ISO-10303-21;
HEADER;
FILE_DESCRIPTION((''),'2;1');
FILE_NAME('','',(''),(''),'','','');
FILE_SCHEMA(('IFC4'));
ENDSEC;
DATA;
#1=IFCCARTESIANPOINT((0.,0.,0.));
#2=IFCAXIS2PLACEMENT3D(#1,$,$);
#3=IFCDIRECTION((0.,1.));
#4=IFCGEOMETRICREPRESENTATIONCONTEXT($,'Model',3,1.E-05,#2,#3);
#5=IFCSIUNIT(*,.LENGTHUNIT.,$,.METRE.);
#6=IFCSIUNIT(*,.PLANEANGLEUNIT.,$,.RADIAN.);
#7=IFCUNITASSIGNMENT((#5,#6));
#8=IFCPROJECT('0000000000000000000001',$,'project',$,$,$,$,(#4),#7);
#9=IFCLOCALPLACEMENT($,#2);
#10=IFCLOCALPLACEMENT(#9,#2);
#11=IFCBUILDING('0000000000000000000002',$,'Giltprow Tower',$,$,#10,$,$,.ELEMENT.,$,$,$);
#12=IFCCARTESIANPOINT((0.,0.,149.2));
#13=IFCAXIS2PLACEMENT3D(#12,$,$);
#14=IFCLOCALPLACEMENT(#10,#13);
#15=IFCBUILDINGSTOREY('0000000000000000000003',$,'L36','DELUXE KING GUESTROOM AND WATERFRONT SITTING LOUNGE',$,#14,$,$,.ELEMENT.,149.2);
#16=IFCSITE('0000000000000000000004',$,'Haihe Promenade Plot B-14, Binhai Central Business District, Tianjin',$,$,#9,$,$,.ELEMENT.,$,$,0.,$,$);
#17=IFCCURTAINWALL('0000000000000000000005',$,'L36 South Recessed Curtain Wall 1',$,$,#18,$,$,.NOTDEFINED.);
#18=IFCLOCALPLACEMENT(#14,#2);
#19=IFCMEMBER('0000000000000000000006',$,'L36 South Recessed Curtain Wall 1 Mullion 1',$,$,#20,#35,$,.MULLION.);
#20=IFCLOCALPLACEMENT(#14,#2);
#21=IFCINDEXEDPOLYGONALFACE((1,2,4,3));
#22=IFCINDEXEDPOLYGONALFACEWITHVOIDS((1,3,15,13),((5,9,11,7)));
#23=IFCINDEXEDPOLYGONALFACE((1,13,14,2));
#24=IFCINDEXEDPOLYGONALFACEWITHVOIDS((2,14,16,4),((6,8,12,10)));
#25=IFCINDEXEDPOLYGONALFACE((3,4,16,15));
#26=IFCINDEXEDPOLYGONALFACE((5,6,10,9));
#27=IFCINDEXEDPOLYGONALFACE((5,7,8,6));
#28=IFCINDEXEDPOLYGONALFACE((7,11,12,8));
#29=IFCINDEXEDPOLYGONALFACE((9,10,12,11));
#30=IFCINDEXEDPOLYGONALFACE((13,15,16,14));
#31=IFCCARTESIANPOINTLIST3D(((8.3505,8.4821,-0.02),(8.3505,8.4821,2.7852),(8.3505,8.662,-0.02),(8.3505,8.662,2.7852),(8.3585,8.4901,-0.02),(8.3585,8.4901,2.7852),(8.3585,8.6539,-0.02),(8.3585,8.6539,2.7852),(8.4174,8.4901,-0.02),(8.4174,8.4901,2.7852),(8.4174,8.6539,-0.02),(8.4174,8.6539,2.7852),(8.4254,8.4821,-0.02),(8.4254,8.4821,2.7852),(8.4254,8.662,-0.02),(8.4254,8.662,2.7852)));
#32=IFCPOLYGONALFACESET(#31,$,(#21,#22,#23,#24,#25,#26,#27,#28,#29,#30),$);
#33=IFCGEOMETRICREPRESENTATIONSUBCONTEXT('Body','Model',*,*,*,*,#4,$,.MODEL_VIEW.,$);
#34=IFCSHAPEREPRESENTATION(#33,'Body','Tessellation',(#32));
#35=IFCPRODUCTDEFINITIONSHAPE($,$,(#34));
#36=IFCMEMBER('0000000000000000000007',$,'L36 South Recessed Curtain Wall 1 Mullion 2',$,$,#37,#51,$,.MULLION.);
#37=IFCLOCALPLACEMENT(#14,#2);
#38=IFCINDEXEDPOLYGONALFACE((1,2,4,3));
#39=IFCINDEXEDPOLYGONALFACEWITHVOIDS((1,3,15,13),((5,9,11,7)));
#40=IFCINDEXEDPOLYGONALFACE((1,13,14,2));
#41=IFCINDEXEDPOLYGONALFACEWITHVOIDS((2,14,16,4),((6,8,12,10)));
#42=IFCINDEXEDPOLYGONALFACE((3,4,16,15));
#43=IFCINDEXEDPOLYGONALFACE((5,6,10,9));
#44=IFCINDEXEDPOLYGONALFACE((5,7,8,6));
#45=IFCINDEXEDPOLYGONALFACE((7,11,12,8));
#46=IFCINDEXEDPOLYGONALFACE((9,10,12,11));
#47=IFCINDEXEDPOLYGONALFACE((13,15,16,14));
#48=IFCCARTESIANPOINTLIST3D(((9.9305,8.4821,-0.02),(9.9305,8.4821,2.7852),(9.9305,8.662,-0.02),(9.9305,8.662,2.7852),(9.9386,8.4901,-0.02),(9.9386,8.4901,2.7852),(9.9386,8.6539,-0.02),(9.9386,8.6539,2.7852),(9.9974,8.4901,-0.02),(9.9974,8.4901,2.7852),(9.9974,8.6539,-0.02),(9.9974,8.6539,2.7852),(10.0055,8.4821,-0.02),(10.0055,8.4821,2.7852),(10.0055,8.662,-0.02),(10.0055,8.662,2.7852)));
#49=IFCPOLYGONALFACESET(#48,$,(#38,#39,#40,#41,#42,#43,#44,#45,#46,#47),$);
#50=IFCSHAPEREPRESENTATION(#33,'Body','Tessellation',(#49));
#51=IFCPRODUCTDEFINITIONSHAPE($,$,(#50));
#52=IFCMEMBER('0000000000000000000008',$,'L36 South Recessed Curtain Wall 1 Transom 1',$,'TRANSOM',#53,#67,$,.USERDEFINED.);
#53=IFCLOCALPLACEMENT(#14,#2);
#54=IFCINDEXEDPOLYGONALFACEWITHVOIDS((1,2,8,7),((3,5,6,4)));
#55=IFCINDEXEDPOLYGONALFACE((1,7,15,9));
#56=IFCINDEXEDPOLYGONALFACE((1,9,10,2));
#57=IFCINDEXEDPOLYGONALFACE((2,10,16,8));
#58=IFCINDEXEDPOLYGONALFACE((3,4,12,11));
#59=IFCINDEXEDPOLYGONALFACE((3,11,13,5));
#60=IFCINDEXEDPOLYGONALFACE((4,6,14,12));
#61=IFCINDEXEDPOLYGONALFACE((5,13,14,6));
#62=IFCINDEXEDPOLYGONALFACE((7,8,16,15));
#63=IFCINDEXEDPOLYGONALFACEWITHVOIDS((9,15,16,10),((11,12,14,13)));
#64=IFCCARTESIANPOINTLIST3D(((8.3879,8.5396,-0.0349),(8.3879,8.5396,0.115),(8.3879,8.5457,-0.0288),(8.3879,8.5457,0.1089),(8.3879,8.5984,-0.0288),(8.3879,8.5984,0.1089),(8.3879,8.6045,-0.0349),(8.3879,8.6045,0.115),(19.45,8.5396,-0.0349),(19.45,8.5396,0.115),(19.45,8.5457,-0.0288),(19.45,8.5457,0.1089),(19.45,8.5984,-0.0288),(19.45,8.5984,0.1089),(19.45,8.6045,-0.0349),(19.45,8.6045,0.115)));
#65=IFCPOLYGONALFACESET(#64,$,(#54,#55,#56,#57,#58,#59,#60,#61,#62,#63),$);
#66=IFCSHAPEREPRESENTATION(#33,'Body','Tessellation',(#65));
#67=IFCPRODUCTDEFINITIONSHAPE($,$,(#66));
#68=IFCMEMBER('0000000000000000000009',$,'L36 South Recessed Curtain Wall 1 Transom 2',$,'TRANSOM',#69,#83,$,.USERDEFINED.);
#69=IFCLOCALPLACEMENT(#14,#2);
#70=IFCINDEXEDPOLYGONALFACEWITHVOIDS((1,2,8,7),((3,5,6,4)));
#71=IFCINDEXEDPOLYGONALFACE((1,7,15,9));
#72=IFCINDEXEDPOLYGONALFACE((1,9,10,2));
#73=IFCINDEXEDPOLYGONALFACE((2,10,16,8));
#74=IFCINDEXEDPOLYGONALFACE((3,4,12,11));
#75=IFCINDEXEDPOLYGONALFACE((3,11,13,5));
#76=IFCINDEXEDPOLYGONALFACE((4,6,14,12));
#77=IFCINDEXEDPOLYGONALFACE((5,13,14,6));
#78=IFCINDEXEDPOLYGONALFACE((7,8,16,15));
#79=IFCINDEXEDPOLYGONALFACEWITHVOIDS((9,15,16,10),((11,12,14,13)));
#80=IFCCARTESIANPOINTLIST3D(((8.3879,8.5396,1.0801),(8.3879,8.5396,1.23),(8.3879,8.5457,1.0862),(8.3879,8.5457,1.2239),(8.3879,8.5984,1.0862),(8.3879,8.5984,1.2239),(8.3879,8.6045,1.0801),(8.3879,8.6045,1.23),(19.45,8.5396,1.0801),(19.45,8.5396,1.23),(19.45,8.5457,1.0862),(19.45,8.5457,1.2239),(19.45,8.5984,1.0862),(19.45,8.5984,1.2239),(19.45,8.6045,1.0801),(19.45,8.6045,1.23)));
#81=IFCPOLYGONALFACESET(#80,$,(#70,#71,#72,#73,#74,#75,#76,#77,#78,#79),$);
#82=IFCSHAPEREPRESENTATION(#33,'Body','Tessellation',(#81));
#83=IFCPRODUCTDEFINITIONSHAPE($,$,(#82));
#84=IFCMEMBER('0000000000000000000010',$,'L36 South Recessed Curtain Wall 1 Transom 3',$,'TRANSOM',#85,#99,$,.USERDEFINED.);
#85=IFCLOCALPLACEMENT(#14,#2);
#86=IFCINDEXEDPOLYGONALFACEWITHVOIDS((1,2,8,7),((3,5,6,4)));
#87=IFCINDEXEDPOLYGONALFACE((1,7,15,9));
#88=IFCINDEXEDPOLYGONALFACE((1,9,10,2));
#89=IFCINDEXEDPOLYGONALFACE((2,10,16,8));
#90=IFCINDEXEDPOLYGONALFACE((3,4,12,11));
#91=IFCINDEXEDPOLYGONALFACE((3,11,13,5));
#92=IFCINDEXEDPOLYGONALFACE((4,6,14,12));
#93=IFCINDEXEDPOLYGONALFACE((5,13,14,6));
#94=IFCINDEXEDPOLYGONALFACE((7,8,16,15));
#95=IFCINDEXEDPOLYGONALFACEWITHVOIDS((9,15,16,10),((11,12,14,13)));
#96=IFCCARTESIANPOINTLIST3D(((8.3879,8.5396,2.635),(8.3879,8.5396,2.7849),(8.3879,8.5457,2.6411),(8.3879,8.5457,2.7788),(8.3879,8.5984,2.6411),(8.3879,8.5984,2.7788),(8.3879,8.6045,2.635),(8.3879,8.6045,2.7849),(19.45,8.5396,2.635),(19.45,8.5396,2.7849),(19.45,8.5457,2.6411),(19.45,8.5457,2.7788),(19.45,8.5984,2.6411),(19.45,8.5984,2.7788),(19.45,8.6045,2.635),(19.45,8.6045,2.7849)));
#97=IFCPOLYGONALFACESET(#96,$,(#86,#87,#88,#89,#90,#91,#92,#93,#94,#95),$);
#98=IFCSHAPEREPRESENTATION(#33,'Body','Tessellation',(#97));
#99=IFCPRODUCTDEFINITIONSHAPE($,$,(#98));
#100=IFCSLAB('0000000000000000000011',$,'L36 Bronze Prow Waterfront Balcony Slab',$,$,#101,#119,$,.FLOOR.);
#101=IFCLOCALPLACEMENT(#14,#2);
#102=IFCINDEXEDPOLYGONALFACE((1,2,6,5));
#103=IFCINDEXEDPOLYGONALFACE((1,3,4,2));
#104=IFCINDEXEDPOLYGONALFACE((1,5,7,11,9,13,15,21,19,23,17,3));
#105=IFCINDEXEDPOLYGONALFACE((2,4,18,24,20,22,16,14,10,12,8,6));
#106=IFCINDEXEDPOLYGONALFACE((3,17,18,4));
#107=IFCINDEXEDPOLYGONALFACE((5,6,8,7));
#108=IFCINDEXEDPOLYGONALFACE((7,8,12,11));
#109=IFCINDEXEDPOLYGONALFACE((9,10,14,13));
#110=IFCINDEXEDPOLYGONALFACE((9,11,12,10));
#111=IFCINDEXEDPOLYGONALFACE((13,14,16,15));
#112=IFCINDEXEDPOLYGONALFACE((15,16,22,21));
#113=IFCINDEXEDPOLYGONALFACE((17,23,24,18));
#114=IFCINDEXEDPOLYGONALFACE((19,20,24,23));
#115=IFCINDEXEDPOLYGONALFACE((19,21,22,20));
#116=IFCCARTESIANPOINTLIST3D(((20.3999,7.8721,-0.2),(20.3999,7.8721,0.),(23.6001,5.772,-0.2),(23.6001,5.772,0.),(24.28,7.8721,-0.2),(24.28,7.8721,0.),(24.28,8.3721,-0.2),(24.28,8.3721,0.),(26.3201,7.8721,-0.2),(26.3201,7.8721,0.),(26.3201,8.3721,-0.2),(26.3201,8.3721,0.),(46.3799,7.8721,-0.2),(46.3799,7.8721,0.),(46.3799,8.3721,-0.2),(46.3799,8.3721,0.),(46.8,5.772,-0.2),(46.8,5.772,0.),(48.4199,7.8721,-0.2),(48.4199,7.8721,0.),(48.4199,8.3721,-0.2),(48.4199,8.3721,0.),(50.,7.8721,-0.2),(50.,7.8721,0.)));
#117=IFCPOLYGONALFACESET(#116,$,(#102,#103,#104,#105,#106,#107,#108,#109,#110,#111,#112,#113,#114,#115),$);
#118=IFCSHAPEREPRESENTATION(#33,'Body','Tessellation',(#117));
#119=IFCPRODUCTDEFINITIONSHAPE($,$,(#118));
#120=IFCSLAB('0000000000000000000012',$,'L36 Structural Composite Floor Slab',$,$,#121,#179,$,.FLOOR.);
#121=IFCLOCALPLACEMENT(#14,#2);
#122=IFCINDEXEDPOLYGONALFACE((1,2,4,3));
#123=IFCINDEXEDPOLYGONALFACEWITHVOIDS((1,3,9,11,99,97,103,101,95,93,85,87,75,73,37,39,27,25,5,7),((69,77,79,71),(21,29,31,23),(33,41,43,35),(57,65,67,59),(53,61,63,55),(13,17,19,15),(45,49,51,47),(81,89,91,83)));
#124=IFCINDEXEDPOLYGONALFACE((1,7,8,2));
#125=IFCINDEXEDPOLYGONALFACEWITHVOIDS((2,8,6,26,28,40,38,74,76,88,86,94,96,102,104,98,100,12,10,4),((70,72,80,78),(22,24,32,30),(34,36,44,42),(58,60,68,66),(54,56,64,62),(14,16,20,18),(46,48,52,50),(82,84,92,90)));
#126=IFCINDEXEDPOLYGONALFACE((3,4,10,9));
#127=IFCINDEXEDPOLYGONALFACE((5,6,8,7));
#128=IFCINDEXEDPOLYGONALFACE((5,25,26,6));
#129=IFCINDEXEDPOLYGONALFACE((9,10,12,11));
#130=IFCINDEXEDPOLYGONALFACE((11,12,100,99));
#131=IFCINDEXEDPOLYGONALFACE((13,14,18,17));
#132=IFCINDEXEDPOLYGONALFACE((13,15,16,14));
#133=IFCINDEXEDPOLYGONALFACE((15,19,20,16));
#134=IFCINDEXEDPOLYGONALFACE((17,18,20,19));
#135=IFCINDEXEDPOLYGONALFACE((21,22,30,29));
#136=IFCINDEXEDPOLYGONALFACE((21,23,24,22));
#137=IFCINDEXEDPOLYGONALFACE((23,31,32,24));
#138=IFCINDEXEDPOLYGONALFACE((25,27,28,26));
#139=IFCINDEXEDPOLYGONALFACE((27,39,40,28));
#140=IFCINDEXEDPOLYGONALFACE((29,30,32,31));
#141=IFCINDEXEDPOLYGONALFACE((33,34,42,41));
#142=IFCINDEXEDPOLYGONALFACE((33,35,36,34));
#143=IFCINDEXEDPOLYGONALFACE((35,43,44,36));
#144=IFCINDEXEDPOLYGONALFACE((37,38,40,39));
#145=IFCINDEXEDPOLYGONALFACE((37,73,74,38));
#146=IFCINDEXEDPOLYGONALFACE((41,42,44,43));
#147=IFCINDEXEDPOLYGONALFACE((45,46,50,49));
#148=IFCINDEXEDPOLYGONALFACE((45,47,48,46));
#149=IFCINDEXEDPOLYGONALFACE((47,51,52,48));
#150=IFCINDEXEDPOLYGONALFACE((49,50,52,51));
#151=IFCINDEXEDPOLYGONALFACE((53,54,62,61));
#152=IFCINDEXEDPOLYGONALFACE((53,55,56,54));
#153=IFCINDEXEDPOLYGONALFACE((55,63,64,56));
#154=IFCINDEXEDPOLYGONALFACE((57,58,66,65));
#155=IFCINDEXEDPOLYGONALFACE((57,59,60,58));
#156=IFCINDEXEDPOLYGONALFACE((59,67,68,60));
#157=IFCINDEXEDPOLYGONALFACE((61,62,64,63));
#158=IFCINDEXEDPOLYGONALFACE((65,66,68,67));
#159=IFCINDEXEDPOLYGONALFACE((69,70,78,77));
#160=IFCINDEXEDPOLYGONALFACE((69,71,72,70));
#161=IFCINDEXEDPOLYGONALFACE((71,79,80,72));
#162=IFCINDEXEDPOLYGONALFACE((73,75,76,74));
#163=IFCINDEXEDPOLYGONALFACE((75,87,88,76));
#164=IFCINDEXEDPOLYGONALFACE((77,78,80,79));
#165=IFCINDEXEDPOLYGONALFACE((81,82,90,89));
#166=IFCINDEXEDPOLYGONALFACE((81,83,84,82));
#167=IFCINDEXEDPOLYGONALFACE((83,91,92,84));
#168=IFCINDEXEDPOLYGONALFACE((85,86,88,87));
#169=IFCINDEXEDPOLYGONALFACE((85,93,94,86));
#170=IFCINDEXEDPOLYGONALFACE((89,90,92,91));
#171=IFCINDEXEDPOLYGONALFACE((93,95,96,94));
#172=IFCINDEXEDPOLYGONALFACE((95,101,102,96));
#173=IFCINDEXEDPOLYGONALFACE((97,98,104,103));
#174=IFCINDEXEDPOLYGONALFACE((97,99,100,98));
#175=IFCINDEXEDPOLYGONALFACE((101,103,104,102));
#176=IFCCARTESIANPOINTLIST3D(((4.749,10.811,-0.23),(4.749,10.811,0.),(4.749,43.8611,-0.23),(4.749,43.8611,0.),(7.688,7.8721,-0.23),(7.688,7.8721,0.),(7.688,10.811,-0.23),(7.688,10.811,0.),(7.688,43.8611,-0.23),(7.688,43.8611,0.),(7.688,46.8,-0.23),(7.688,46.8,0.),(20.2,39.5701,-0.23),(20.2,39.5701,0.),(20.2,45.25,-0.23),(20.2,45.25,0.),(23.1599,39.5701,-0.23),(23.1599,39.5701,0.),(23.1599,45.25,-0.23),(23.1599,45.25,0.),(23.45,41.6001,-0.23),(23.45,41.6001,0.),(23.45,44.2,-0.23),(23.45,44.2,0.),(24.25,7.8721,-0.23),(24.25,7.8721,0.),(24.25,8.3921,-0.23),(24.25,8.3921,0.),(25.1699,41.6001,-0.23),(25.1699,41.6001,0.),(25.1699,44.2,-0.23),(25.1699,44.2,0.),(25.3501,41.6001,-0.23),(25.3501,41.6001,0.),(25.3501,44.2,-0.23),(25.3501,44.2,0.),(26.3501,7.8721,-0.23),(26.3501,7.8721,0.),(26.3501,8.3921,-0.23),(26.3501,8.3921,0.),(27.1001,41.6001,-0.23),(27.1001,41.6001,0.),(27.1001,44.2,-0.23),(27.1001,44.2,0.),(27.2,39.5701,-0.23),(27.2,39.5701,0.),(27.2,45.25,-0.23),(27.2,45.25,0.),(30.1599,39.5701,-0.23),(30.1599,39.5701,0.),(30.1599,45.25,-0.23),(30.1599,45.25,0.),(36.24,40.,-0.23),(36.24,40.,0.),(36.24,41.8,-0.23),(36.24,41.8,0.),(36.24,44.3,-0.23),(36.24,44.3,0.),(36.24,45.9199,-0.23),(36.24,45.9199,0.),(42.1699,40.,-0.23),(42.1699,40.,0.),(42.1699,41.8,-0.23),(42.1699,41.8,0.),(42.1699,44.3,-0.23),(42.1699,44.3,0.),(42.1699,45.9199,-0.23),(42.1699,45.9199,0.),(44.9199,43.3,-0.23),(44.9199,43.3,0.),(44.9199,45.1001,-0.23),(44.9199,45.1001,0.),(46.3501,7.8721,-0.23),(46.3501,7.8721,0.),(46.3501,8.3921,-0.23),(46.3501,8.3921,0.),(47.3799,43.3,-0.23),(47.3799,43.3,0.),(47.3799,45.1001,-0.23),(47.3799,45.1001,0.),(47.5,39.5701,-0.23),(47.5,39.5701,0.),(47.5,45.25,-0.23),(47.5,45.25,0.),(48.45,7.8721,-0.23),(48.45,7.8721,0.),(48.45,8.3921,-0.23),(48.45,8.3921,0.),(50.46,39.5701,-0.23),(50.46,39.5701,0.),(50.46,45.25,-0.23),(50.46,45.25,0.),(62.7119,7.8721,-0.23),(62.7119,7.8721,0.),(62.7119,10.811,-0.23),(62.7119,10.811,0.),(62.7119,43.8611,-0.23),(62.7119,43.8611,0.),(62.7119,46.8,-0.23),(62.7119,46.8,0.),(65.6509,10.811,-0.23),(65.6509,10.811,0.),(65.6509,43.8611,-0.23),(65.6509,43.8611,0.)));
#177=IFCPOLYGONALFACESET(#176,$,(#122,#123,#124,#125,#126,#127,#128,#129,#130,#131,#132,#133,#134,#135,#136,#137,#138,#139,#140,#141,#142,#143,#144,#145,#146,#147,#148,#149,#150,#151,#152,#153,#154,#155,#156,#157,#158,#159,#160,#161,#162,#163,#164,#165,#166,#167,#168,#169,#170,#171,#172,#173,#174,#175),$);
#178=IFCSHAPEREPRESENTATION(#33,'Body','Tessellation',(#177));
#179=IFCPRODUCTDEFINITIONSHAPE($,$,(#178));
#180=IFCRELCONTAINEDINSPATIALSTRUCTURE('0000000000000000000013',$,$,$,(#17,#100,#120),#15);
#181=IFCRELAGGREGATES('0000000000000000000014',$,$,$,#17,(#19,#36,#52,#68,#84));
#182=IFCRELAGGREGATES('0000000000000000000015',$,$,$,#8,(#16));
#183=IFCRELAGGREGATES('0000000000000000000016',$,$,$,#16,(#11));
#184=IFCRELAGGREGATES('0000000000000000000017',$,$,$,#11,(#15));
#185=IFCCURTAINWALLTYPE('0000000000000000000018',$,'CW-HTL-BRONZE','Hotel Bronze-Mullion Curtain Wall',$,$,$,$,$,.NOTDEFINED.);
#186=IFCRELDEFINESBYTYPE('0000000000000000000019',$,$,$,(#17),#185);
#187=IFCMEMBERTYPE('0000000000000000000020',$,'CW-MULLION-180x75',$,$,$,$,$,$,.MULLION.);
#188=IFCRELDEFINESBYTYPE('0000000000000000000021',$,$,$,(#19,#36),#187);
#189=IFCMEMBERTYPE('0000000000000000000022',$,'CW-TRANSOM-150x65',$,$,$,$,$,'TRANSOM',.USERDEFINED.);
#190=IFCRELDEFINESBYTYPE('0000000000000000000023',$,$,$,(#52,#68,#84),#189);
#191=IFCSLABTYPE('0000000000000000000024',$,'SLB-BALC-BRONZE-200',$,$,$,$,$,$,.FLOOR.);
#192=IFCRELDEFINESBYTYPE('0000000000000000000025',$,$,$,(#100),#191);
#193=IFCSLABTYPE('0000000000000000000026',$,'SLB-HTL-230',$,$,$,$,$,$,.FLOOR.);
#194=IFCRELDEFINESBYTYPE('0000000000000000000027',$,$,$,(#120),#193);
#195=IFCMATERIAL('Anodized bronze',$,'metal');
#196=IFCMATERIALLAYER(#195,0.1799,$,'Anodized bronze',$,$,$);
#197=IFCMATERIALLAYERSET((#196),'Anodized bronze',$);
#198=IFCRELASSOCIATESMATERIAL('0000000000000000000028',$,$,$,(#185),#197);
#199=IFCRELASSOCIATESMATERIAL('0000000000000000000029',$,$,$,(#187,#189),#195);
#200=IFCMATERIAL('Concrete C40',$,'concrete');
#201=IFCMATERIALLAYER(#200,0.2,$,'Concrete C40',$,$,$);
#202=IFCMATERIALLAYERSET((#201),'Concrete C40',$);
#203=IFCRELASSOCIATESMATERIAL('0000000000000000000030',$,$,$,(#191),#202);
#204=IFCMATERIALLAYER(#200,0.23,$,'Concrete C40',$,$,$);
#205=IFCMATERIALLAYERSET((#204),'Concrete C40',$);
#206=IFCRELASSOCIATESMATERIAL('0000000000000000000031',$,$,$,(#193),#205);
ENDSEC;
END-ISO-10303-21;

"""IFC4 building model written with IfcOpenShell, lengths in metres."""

from ifc_helpers import new_model, si_unit, direction, frame, origin, origin_2d, place, context, subcontext, project, spatial, polyline, hollow_rectangle, outline, extrude, source, transform, mapped, material, layer, layer_set, material_profile, profile_set, type_object, element, aggregate, save


model = new_model("IFC4")

# Units and contexts
model_context = context("Model", 3, precision=1e-05, world=origin(), true_north=direction((0.0, 1.0)))
body_context = subcontext(model_context, "Body", "Model", "MODEL_VIEW")
ifc_project = project(units=[si_unit("LENGTHUNIT", "METRE"), si_unit("PLANEANGLEUNIT", "RADIAN")], contexts=[model_context])

# Site, building, storey
site_placement = place(None, origin())
site = spatial("IfcSite", under=ifc_project, at=site_placement, Name="Haihe Promenade Plot B-14, Binhai Central Business District, Tianjin", CompositionType="ELEMENT", RefElevation=0.0)
building_placement = place(site_placement, origin())
building = spatial("IfcBuilding", under=site, at=building_placement, Name="Giltprow Tower", CompositionType="ELEMENT")
storey_placement = place(building_placement, frame((0.0, 0.0, 149.2)))
storey = spatial("IfcBuildingStorey", under=building, at=storey_placement, Name="L36", Description="DELUXE KING GUESTROOM AND WATERFRONT SITTING LOUNGE", CompositionType="ELEMENT", Elevation=149.2)

# Curtain wall, members
ifc_material_1 = material(Name="Anodized bronze", Category="metal")
ifc_layer_1 = layer(ifc_material_1, 0.1799, Name="Anodized bronze")
ifc_layer_set_1 = layer_set([ifc_layer_1], Name="Anodized bronze")
curtain_wall_type = type_object("IfcCurtainWallType", Name="CW-HTL-BRONZE", Description="Hotel Bronze-Mullion Curtain Wall", PredefinedType="NOTDEFINED", material=ifc_layer_set_1)
curtain_wall_placement = place(storey_placement, origin())
curtain_wall = element("IfcCurtainWall", 1, at=curtain_wall_placement, inside=storey, type_object=curtain_wall_type, Name="L36 South Recessed Curtain Wall 1", PredefinedType="NOTDEFINED")
ifc_material_profile_1 = material_profile(ifc_material_1, hollow_rectangle(XDim=0.075, YDim=0.1799, WallThickness=0.0081, at=origin_2d()), Name="RHS 180x75x8")
ifc_profile_set_1 = profile_set([ifc_material_profile_1], Name="Anodized bronze")
member_type_1 = type_object("IfcMemberType", Name="CW-MULLION-180x75", PredefinedType="MULLION", material=ifc_profile_set_1)
shared_shape_1 = source(origin(), body_context, "Body", "SweptSolid", [
    extrude(hollow_rectangle(XDim=0.075, YDim=0.1799, WallThickness=0.0081, at=origin_2d()), origin(), (0.0, 0.0, 1.0), 2.8052),
])
member_1_placement = place(storey_placement, frame((8.3879, 8.572, -0.02), z_axis=(0.0, 0.0, 1.0), x_axis=(1.0, 0.0, 0.0)))
member_1 = element("IfcMember", 2, at=member_1_placement, type_object=member_type_1, Name="L36 South Recessed Curtain Wall 1 Mullion 1", PredefinedType="MULLION", context=body_context, shape_type="MappedRepresentation", body=[
    mapped(shared_shape_1, transform((0.0, 0.0, 0.0), x_axis=(1.0, 0.0, 0.0), y_axis=(0.0, 1.0, 0.0), z_axis=(0.0, 0.0, 1.0), scale=1.0)),
])
member_2_placement = place(storey_placement, frame((9.968, 8.572, -0.02), z_axis=(0.0, 0.0, 1.0), x_axis=(1.0, 0.0, 0.0)))
member_2 = element("IfcMember", 3, at=member_2_placement, type_object=member_type_1, Name="L36 South Recessed Curtain Wall 1 Mullion 2", PredefinedType="MULLION", context=body_context, shape_type="MappedRepresentation", body=[
    mapped(shared_shape_1, transform((0.0, 0.0, 0.0), x_axis=(1.0, 0.0, 0.0), y_axis=(0.0, 1.0, 0.0), z_axis=(0.0, 0.0, 1.0), scale=1.0)),
])
ifc_material_profile_2 = material_profile(ifc_material_1, hollow_rectangle(XDim=0.0649, YDim=0.1499, WallThickness=0.0061, at=origin_2d()), Name="RHS 150x65x6")
ifc_profile_set_2 = profile_set([ifc_material_profile_2], Name="Anodized bronze")
member_type_2 = type_object("IfcMemberType", Name="CW-TRANSOM-150x65", ElementType="TRANSOM", PredefinedType="USERDEFINED", material=ifc_profile_set_2)
shared_shape_2 = source(origin(), body_context, "Body", "SweptSolid", [
    extrude(hollow_rectangle(XDim=0.0649, YDim=0.1499, WallThickness=0.0061, at=origin_2d()), origin(), (0.0, 0.0, 1.0), 11.062),
])
member_3_placement = place(storey_placement, frame((8.3879, 8.572, 0.04), z_axis=(1.0, 0.0, 0.0), x_axis=(0.0, 1.0, 0.0)))
member_3 = element("IfcMember", 4, at=member_3_placement, type_object=member_type_2, Name="L36 South Recessed Curtain Wall 1 Transom 1", ObjectType="TRANSOM", PredefinedType="USERDEFINED", context=body_context, shape_type="MappedRepresentation", body=[
    mapped(shared_shape_2, transform((0.0, 0.0, 0.0), x_axis=(1.0, 0.0, 0.0), y_axis=(0.0, 1.0, 0.0), z_axis=(0.0, 0.0, 1.0), scale=1.0)),
])
member_4_placement = place(storey_placement, frame((8.3879, 8.572, 1.155), z_axis=(1.0, 0.0, 0.0), x_axis=(0.0, 1.0, 0.0)))
member_4 = element("IfcMember", 5, at=member_4_placement, type_object=member_type_2, Name="L36 South Recessed Curtain Wall 1 Transom 2", ObjectType="TRANSOM", PredefinedType="USERDEFINED", context=body_context, shape_type="MappedRepresentation", body=[
    mapped(shared_shape_2, transform((0.0, 0.0, 0.0), x_axis=(1.0, 0.0, 0.0), y_axis=(0.0, 1.0, 0.0), z_axis=(0.0, 0.0, 1.0), scale=1.0)),
])
member_5_placement = place(storey_placement, frame((8.3879, 8.572, 2.71), z_axis=(1.0, 0.0, 0.0), x_axis=(0.0, 1.0, 0.0)))
member_5 = element("IfcMember", 6, at=member_5_placement, type_object=member_type_2, Name="L36 South Recessed Curtain Wall 1 Transom 3", ObjectType="TRANSOM", PredefinedType="USERDEFINED", context=body_context, shape_type="MappedRepresentation", body=[
    mapped(shared_shape_2, transform((0.0, 0.0, 0.0), x_axis=(1.0, 0.0, 0.0), y_axis=(0.0, 1.0, 0.0), z_axis=(0.0, 0.0, 1.0), scale=1.0)),
])

# Slabs
ifc_material_2 = material(Name="Concrete C40", Category="concrete")
ifc_layer_2 = layer(ifc_material_2, 0.2, Name="Concrete C40")
ifc_layer_set_2 = layer_set([ifc_layer_2], Name="Concrete C40")
slab_type_1 = type_object("IfcSlabType", Name="SLB-BALC-BRONZE-200", PredefinedType="FLOOR", material=ifc_layer_set_2)
slab_1_placement = place(storey_placement, frame((0.0, 0.0, -0.2)))
element("IfcSlab", 7, at=slab_1_placement, inside=storey, type_object=slab_type_1, Name="L36 Bronze Prow Waterfront Balcony Slab", PredefinedType="FLOOR", context=body_context, shape_type="SweptSolid", body=[
    extrude(outline(polyline([(50.0, 7.8721), (46.8, 5.772), (23.6001, 5.772), (20.3999, 7.8721), (24.28, 7.8721), (24.28, 8.3721), (26.3201, 8.3721), (26.3201, 7.8721), (46.3799, 7.8721), (46.3799, 8.3721), (48.4199, 8.3721), (48.4199, 7.8721), (50.0, 7.8721)])), origin(), (0.0, 0.0, 1.0), 0.2),
])
ifc_layer_3 = layer(ifc_material_2, 0.23, Name="Concrete C40")
ifc_layer_set_3 = layer_set([ifc_layer_3], Name="Concrete C40")
slab_type_2 = type_object("IfcSlabType", Name="SLB-HTL-230", PredefinedType="FLOOR", material=ifc_layer_set_3)
slab_2_placement = place(storey_placement, frame((0.0, 0.0, -0.23)))
element("IfcSlab", 8, at=slab_2_placement, inside=storey, type_object=slab_type_2, Name="L36 Structural Composite Floor Slab", PredefinedType="FLOOR", context=body_context, shape_type="SweptSolid", body=[
    extrude(outline(polyline([(7.688, 7.8721), (7.688, 10.811), (4.749, 10.811), (4.749, 43.8611), (7.688, 43.8611), (7.688, 46.8), (62.7119, 46.8), (62.7119, 43.8611), (65.6509, 43.8611), (65.6509, 10.811), (62.7119, 10.811), (62.7119, 7.8721), (48.45, 7.8721), (48.45, 8.3921), (46.3501, 8.3921), (46.3501, 7.8721), (26.3501, 7.8721), (26.3501, 8.3921), (24.25, 8.3921), (24.25, 7.8721), (7.688, 7.8721)]), holes=[polyline([(42.1699, 41.8), (36.24, 41.8), (36.24, 40.0), (42.1699, 40.0), (42.1699, 41.8)]), polyline([(23.1599, 39.5701), (23.1599, 45.25), (20.2, 45.25), (20.2, 39.5701), (23.1599, 39.5701)]), polyline([(30.1599, 39.5701), (30.1599, 45.25), (27.2, 45.25), (27.2, 39.5701), (30.1599, 39.5701)]), polyline([(50.46, 45.25), (47.5, 45.25), (47.5, 39.5701), (50.46, 39.5701), (50.46, 45.25)]), polyline([(25.1699, 44.2), (23.45, 44.2), (23.45, 41.6001), (25.1699, 41.6001), (25.1699, 44.2)]), polyline([(27.1001, 44.2), (25.3501, 44.2), (25.3501, 41.6001), (27.1001, 41.6001), (27.1001, 44.2)]), polyline([(47.3799, 43.3), (47.3799, 45.1001), (44.9199, 45.1001), (44.9199, 43.3), (47.3799, 43.3)]), polyline([(42.1699, 44.3), (42.1699, 45.9199), (36.24, 45.9199), (36.24, 44.3), (42.1699, 44.3)])]), origin(), (0.0, 0.0, 1.0), 0.23),
])

aggregate(curtain_wall, [member_1, member_2, member_3, member_4, member_5])

save(model, "model.ifc")
